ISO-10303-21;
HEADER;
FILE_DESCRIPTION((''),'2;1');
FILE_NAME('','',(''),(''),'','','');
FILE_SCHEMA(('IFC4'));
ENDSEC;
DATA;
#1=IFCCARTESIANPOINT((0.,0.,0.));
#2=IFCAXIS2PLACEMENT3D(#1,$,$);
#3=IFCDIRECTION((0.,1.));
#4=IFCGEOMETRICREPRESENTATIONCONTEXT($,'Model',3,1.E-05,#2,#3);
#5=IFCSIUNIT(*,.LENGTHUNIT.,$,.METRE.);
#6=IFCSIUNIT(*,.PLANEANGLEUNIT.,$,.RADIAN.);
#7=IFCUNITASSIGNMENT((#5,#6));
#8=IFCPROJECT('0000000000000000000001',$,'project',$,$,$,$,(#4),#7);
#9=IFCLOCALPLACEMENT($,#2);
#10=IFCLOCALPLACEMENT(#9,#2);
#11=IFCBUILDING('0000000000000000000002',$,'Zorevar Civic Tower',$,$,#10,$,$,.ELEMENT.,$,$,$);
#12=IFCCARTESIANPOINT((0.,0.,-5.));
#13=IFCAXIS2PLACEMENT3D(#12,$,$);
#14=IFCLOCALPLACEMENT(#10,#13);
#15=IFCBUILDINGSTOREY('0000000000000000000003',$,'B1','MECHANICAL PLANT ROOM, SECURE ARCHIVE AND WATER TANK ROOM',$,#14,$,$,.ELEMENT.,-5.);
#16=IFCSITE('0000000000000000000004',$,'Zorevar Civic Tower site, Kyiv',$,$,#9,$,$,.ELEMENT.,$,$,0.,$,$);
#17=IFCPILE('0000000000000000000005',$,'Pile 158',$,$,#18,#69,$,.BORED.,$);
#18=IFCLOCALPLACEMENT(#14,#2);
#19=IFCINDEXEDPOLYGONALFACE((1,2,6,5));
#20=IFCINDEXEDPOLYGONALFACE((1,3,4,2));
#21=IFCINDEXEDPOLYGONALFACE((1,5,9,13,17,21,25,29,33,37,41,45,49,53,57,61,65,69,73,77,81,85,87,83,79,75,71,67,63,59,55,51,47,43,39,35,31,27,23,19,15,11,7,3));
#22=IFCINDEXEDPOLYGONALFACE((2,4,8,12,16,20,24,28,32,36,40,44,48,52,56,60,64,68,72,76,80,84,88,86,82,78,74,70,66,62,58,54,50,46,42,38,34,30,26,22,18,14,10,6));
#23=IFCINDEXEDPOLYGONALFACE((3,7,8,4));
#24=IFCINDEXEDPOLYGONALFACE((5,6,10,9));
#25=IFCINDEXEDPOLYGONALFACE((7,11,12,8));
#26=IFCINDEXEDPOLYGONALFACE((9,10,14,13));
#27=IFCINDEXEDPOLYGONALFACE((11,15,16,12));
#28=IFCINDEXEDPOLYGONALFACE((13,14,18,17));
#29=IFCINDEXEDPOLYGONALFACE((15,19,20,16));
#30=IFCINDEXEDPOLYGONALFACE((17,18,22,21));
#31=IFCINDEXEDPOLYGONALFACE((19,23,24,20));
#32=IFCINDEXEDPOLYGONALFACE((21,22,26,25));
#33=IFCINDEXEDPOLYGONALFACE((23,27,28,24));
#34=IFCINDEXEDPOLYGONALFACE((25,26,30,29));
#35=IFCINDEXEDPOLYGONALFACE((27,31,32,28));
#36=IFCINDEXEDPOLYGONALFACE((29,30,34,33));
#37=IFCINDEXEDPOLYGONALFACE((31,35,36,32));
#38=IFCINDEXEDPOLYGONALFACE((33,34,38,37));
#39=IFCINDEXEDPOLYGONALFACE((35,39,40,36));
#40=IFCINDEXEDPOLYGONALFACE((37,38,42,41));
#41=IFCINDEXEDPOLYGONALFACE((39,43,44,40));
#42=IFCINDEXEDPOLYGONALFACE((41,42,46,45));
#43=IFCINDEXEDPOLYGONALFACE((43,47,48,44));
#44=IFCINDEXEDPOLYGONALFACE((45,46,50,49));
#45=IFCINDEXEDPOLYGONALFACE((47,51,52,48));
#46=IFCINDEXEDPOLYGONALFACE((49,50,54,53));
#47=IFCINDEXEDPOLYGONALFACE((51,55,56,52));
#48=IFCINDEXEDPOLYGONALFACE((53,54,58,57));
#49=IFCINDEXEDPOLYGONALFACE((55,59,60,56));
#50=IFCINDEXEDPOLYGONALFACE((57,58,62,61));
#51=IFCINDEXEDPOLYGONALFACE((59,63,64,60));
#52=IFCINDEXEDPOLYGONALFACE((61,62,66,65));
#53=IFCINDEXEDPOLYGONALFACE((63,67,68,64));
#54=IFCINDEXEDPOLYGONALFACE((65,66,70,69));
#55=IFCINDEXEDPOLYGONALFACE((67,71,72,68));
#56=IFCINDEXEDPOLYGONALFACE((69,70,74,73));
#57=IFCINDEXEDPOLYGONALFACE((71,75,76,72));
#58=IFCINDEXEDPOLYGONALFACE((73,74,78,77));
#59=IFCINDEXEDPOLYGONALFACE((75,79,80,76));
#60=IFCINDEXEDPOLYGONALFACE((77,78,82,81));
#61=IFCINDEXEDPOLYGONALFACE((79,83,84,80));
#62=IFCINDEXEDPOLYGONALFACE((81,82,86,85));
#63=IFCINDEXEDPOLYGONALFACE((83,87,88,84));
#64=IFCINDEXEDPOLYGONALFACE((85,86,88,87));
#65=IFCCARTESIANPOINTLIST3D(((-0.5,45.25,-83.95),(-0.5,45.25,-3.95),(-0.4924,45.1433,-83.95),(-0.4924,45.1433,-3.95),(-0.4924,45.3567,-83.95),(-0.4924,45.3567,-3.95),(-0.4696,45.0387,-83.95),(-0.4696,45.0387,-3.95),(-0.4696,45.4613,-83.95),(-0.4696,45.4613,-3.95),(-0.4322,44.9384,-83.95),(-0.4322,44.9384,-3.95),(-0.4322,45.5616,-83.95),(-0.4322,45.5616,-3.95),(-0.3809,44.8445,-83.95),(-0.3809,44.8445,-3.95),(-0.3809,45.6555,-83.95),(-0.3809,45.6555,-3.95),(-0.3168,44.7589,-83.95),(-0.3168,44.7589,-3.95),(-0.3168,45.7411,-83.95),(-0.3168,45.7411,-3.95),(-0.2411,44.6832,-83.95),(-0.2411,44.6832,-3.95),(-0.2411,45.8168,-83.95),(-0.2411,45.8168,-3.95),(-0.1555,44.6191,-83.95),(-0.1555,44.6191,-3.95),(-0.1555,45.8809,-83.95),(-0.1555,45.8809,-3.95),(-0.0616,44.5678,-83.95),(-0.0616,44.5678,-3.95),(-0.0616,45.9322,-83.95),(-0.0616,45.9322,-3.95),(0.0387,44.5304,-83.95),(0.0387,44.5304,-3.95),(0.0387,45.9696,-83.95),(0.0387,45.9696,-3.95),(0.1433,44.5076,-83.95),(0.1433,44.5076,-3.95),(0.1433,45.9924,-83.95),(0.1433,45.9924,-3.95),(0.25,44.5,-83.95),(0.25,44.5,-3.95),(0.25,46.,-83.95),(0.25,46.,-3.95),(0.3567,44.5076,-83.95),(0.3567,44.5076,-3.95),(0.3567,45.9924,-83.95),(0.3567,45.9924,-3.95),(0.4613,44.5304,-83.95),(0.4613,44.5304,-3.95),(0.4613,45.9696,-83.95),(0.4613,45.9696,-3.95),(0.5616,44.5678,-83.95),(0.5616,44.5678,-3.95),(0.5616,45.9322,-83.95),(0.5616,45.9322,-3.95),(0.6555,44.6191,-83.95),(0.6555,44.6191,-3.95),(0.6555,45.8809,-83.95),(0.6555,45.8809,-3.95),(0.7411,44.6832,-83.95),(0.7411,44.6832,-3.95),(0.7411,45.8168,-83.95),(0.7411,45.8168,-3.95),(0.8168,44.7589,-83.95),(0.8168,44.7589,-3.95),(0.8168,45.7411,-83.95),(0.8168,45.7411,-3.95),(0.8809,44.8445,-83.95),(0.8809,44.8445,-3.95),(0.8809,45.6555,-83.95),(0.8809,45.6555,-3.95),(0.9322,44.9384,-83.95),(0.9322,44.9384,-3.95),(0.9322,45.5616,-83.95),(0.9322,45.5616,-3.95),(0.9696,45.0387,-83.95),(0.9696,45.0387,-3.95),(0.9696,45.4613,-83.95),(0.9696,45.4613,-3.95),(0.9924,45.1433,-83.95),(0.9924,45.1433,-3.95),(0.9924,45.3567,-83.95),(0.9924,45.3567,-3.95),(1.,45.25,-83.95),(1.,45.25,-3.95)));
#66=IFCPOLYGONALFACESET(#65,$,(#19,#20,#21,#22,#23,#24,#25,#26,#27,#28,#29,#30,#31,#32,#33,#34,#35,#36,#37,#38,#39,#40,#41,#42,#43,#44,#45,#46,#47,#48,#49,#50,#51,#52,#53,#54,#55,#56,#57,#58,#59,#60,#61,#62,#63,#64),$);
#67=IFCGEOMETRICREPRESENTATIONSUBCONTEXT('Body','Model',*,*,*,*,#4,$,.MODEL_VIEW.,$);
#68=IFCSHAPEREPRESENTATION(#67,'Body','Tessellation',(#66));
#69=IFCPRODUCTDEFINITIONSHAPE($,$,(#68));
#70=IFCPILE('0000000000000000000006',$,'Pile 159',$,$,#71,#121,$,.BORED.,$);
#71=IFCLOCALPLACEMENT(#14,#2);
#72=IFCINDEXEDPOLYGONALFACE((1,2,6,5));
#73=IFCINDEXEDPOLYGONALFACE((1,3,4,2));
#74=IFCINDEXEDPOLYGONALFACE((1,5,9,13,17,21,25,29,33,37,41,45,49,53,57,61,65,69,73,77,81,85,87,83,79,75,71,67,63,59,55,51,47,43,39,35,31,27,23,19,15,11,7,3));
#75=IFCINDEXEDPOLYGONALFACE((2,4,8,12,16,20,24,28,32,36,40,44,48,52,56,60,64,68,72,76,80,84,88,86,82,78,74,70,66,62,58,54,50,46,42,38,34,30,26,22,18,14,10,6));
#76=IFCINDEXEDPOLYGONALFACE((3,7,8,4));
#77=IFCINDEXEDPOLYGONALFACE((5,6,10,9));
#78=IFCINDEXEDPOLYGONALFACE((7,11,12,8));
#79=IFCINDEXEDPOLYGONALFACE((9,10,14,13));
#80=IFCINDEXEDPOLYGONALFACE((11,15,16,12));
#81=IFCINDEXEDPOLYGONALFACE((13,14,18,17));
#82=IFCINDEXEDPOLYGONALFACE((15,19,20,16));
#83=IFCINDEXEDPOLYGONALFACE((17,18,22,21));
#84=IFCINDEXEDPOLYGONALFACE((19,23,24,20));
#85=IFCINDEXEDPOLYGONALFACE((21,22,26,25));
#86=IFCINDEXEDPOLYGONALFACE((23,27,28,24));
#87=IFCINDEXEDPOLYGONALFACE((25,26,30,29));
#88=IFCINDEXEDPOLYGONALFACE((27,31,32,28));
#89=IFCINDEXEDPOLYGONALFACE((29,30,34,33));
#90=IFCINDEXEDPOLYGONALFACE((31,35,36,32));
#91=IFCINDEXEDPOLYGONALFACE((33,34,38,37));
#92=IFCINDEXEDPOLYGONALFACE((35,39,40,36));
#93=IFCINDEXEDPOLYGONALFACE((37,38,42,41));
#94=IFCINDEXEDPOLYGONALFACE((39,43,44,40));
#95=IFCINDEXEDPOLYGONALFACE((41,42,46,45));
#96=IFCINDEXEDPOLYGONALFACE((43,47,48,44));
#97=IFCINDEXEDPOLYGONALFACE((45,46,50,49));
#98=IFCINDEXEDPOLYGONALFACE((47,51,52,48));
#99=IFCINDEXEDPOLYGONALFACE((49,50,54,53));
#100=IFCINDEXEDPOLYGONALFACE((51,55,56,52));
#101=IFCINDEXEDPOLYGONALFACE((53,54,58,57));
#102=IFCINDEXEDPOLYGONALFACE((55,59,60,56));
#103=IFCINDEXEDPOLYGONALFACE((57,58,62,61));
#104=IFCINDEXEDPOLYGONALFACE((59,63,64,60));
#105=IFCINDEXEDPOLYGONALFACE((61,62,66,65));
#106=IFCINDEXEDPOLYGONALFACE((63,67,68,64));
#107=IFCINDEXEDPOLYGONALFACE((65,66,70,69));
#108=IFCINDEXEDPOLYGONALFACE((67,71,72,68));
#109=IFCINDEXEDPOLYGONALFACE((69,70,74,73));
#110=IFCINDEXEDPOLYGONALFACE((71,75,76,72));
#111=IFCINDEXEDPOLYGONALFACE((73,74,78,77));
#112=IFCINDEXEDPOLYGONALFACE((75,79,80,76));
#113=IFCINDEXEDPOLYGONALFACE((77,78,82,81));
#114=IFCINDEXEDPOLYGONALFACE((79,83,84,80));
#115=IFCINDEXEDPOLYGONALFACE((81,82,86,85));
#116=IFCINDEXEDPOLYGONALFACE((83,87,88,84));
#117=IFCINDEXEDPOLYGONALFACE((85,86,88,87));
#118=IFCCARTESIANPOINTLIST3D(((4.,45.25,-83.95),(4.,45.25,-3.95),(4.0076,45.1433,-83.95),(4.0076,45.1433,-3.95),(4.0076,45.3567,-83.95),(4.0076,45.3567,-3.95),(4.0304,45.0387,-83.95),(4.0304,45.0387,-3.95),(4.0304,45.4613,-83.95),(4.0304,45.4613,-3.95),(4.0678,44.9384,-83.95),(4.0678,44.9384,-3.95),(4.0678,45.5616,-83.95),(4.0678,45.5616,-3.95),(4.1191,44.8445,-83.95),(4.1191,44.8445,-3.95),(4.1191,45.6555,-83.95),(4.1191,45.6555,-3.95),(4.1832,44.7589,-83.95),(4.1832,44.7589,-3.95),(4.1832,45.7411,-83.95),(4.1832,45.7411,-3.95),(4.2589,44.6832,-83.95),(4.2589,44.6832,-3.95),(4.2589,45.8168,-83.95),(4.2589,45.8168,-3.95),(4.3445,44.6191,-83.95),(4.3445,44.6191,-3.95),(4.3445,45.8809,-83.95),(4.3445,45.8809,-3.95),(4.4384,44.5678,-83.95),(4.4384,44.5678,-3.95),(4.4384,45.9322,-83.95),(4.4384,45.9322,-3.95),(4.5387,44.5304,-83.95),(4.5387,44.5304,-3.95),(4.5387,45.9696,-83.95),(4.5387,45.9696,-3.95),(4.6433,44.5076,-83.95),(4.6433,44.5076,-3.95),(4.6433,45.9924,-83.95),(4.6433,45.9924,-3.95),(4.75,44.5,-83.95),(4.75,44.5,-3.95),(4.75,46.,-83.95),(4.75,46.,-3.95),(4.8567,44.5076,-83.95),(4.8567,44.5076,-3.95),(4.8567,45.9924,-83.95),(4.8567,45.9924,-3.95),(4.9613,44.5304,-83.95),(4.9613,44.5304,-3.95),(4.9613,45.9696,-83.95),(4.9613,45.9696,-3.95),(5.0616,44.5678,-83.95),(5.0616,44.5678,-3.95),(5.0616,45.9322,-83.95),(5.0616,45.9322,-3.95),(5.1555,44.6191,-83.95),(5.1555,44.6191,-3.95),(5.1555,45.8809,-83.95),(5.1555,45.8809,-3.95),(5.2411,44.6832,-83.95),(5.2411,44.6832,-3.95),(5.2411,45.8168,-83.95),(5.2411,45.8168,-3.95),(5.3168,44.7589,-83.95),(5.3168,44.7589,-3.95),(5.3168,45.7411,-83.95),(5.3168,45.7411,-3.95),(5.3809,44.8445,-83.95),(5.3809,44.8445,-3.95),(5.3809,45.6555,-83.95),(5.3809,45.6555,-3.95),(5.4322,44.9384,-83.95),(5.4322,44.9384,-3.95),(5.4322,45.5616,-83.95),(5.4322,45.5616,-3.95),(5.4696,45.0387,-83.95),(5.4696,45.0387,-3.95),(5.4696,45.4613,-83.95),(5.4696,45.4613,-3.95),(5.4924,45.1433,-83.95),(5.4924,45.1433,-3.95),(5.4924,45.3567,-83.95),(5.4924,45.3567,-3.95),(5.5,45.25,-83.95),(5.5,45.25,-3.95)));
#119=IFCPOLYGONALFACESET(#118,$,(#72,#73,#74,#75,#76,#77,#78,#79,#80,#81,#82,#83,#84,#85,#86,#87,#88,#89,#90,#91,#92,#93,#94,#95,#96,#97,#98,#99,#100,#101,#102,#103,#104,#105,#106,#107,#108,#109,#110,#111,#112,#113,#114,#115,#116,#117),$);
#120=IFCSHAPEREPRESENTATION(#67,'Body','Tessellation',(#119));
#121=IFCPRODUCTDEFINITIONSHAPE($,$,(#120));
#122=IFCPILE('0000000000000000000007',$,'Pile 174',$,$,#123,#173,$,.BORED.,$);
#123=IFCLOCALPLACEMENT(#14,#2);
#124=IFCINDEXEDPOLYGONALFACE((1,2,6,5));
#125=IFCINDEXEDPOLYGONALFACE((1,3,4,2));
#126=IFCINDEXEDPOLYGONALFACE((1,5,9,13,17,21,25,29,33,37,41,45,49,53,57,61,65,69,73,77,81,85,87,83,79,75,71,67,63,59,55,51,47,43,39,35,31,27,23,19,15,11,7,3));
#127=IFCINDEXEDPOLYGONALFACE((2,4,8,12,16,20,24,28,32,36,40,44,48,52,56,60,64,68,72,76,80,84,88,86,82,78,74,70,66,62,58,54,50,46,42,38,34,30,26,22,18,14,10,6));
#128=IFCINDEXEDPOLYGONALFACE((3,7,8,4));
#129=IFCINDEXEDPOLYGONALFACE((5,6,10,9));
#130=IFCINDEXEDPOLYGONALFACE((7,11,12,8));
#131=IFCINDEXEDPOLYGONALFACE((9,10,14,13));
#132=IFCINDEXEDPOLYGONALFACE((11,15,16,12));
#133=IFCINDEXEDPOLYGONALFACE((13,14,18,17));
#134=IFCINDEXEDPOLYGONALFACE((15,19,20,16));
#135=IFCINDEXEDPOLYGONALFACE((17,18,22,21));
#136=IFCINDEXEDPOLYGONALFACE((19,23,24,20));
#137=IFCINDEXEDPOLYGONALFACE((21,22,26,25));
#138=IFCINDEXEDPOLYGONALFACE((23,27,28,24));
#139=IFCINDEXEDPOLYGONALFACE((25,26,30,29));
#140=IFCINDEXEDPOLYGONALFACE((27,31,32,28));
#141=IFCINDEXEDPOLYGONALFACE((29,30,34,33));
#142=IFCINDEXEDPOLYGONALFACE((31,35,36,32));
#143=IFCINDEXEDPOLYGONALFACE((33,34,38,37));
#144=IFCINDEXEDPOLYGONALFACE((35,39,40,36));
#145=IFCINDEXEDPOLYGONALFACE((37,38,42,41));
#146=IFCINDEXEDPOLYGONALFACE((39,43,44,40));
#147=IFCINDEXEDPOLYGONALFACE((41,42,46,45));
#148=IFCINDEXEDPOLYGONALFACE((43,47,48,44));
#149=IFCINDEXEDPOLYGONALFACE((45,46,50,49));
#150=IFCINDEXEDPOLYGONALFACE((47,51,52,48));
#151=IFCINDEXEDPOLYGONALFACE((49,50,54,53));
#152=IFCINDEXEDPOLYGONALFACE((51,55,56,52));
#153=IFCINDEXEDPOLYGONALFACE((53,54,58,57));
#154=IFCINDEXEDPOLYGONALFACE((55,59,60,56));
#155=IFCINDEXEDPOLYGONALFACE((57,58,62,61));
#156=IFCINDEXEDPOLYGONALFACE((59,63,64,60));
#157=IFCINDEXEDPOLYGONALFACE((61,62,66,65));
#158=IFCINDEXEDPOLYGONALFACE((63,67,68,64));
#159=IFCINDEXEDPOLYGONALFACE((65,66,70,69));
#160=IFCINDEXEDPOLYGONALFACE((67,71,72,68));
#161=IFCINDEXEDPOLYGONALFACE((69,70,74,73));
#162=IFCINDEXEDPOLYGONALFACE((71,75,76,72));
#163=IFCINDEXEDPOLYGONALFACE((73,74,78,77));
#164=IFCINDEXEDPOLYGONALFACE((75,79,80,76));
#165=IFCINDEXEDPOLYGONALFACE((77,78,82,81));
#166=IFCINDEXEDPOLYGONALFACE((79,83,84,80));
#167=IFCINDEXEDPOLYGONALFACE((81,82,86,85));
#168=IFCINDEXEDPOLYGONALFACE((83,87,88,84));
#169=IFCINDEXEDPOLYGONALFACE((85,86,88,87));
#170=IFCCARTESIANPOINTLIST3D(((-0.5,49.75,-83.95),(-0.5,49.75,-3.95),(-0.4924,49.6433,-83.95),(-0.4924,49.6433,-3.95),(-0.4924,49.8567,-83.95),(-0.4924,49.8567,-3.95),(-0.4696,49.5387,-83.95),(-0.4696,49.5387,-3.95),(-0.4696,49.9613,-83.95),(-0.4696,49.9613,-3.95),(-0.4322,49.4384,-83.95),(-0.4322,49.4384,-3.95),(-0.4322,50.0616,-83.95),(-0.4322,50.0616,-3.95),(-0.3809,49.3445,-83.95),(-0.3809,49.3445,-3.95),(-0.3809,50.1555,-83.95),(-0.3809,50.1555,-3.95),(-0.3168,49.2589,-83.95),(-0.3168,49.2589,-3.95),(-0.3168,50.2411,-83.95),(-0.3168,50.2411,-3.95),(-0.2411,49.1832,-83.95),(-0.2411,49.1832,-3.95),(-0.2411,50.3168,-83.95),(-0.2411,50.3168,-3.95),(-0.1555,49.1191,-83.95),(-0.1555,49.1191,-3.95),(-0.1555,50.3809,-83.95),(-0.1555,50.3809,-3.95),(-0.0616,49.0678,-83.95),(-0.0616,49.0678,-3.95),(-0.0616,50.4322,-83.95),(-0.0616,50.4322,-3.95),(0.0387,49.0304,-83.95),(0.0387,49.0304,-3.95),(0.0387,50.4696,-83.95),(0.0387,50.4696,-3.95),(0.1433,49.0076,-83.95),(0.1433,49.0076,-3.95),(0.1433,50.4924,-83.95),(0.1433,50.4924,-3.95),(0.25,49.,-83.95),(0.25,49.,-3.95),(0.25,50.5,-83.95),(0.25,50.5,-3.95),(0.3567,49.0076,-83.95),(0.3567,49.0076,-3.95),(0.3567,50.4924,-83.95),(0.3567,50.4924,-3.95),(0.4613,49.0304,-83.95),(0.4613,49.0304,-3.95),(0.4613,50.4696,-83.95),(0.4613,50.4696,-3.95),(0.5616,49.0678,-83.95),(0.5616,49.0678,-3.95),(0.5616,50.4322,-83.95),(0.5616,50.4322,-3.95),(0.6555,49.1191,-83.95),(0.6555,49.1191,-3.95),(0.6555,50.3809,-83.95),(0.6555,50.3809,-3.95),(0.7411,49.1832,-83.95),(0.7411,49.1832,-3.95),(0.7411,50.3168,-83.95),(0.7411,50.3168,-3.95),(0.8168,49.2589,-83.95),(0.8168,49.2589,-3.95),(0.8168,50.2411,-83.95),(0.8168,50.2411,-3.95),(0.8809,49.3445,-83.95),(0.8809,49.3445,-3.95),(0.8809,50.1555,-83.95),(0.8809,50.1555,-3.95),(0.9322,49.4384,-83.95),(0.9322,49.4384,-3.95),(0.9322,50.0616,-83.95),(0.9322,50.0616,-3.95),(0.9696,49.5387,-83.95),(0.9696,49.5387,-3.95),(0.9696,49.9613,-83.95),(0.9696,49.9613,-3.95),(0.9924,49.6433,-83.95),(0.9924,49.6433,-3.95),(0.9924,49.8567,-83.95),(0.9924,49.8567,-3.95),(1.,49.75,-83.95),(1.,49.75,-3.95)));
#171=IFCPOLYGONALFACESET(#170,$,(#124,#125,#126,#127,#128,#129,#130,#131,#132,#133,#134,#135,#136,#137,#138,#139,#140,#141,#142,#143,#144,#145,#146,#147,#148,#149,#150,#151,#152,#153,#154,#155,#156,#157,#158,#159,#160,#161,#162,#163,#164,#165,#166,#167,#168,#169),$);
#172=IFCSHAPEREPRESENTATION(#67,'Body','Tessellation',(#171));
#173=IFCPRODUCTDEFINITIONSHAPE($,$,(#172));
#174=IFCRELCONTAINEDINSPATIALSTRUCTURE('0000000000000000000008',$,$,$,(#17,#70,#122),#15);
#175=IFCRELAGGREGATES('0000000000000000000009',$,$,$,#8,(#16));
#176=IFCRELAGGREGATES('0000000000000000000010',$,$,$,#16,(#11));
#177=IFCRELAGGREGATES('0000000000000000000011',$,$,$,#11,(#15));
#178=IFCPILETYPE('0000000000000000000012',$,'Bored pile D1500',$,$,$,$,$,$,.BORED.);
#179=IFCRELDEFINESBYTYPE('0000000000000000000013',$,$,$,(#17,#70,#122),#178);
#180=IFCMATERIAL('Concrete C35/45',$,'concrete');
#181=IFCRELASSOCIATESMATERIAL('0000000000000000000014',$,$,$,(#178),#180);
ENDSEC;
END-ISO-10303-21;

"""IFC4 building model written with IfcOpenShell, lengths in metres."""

from ifc_helpers import new_model, si_unit, direction, frame, origin, origin_2d, place, context, subcontext, project, spatial, circle, extrude, material, type_object, element, save


model = new_model("IFC4")

# Units and contexts
model_context = context("Model", 3, precision=1e-05, world=origin(), true_north=direction((0.0, 1.0)))
body_context = subcontext(model_context, "Body", "Model", "MODEL_VIEW")
ifc_project = project(units=[si_unit("LENGTHUNIT", "METRE"), si_unit("PLANEANGLEUNIT", "RADIAN")], contexts=[model_context])

# Site, building, storey
site_placement = place(None, origin())
site = spatial("IfcSite", under=ifc_project, at=site_placement, Name="Zorevar Civic Tower site, Kyiv", CompositionType="ELEMENT", RefElevation=0.0)
building_placement = place(site_placement, origin())
building = spatial("IfcBuilding", under=site, at=building_placement, Name="Zorevar Civic Tower", CompositionType="ELEMENT")
storey_placement = place(building_placement, frame((0.0, 0.0, -5.0)))
storey = spatial("IfcBuildingStorey", under=building, at=storey_placement, Name="B1", Description="MECHANICAL PLANT ROOM, SECURE ARCHIVE AND WATER TANK ROOM", CompositionType="ELEMENT", Elevation=-5.0)

# Piles
ifc_material_1 = material(Name="Concrete C35/45", Category="concrete")
pile_type_1 = type_object("IfcPileType", Name="Bored pile D1500", PredefinedType="BORED", material=ifc_material_1)
for number, where, z_axis, x_axis, name in (
    (1, (0.25, 45.25, -3.95), (0.0, 0.0, -1.0), (1.0, 0.0, 0.0), "Pile 158"),
    (2, (4.75, 45.25, -3.95), (0.0, 0.0, -1.0), (1.0, 0.0, 0.0), "Pile 159"),
    (3, (0.25, 49.75, -3.95), (0.0, 0.0, -1.0), (1.0, 0.0, 0.0), "Pile 174"),
):
    element("IfcPile", number, at=place(storey_placement, frame(where, z_axis=z_axis, x_axis=x_axis)), inside=storey, type_object=pile_type_1, Name=name, PredefinedType="BORED", context=body_context, shape_type="SweptSolid", body=[
        extrude(circle(Radius=0.75, at=origin_2d()), origin(), (0.0, 0.0, 1.0), 80.0),
    ])

save(model, "model.ifc")
